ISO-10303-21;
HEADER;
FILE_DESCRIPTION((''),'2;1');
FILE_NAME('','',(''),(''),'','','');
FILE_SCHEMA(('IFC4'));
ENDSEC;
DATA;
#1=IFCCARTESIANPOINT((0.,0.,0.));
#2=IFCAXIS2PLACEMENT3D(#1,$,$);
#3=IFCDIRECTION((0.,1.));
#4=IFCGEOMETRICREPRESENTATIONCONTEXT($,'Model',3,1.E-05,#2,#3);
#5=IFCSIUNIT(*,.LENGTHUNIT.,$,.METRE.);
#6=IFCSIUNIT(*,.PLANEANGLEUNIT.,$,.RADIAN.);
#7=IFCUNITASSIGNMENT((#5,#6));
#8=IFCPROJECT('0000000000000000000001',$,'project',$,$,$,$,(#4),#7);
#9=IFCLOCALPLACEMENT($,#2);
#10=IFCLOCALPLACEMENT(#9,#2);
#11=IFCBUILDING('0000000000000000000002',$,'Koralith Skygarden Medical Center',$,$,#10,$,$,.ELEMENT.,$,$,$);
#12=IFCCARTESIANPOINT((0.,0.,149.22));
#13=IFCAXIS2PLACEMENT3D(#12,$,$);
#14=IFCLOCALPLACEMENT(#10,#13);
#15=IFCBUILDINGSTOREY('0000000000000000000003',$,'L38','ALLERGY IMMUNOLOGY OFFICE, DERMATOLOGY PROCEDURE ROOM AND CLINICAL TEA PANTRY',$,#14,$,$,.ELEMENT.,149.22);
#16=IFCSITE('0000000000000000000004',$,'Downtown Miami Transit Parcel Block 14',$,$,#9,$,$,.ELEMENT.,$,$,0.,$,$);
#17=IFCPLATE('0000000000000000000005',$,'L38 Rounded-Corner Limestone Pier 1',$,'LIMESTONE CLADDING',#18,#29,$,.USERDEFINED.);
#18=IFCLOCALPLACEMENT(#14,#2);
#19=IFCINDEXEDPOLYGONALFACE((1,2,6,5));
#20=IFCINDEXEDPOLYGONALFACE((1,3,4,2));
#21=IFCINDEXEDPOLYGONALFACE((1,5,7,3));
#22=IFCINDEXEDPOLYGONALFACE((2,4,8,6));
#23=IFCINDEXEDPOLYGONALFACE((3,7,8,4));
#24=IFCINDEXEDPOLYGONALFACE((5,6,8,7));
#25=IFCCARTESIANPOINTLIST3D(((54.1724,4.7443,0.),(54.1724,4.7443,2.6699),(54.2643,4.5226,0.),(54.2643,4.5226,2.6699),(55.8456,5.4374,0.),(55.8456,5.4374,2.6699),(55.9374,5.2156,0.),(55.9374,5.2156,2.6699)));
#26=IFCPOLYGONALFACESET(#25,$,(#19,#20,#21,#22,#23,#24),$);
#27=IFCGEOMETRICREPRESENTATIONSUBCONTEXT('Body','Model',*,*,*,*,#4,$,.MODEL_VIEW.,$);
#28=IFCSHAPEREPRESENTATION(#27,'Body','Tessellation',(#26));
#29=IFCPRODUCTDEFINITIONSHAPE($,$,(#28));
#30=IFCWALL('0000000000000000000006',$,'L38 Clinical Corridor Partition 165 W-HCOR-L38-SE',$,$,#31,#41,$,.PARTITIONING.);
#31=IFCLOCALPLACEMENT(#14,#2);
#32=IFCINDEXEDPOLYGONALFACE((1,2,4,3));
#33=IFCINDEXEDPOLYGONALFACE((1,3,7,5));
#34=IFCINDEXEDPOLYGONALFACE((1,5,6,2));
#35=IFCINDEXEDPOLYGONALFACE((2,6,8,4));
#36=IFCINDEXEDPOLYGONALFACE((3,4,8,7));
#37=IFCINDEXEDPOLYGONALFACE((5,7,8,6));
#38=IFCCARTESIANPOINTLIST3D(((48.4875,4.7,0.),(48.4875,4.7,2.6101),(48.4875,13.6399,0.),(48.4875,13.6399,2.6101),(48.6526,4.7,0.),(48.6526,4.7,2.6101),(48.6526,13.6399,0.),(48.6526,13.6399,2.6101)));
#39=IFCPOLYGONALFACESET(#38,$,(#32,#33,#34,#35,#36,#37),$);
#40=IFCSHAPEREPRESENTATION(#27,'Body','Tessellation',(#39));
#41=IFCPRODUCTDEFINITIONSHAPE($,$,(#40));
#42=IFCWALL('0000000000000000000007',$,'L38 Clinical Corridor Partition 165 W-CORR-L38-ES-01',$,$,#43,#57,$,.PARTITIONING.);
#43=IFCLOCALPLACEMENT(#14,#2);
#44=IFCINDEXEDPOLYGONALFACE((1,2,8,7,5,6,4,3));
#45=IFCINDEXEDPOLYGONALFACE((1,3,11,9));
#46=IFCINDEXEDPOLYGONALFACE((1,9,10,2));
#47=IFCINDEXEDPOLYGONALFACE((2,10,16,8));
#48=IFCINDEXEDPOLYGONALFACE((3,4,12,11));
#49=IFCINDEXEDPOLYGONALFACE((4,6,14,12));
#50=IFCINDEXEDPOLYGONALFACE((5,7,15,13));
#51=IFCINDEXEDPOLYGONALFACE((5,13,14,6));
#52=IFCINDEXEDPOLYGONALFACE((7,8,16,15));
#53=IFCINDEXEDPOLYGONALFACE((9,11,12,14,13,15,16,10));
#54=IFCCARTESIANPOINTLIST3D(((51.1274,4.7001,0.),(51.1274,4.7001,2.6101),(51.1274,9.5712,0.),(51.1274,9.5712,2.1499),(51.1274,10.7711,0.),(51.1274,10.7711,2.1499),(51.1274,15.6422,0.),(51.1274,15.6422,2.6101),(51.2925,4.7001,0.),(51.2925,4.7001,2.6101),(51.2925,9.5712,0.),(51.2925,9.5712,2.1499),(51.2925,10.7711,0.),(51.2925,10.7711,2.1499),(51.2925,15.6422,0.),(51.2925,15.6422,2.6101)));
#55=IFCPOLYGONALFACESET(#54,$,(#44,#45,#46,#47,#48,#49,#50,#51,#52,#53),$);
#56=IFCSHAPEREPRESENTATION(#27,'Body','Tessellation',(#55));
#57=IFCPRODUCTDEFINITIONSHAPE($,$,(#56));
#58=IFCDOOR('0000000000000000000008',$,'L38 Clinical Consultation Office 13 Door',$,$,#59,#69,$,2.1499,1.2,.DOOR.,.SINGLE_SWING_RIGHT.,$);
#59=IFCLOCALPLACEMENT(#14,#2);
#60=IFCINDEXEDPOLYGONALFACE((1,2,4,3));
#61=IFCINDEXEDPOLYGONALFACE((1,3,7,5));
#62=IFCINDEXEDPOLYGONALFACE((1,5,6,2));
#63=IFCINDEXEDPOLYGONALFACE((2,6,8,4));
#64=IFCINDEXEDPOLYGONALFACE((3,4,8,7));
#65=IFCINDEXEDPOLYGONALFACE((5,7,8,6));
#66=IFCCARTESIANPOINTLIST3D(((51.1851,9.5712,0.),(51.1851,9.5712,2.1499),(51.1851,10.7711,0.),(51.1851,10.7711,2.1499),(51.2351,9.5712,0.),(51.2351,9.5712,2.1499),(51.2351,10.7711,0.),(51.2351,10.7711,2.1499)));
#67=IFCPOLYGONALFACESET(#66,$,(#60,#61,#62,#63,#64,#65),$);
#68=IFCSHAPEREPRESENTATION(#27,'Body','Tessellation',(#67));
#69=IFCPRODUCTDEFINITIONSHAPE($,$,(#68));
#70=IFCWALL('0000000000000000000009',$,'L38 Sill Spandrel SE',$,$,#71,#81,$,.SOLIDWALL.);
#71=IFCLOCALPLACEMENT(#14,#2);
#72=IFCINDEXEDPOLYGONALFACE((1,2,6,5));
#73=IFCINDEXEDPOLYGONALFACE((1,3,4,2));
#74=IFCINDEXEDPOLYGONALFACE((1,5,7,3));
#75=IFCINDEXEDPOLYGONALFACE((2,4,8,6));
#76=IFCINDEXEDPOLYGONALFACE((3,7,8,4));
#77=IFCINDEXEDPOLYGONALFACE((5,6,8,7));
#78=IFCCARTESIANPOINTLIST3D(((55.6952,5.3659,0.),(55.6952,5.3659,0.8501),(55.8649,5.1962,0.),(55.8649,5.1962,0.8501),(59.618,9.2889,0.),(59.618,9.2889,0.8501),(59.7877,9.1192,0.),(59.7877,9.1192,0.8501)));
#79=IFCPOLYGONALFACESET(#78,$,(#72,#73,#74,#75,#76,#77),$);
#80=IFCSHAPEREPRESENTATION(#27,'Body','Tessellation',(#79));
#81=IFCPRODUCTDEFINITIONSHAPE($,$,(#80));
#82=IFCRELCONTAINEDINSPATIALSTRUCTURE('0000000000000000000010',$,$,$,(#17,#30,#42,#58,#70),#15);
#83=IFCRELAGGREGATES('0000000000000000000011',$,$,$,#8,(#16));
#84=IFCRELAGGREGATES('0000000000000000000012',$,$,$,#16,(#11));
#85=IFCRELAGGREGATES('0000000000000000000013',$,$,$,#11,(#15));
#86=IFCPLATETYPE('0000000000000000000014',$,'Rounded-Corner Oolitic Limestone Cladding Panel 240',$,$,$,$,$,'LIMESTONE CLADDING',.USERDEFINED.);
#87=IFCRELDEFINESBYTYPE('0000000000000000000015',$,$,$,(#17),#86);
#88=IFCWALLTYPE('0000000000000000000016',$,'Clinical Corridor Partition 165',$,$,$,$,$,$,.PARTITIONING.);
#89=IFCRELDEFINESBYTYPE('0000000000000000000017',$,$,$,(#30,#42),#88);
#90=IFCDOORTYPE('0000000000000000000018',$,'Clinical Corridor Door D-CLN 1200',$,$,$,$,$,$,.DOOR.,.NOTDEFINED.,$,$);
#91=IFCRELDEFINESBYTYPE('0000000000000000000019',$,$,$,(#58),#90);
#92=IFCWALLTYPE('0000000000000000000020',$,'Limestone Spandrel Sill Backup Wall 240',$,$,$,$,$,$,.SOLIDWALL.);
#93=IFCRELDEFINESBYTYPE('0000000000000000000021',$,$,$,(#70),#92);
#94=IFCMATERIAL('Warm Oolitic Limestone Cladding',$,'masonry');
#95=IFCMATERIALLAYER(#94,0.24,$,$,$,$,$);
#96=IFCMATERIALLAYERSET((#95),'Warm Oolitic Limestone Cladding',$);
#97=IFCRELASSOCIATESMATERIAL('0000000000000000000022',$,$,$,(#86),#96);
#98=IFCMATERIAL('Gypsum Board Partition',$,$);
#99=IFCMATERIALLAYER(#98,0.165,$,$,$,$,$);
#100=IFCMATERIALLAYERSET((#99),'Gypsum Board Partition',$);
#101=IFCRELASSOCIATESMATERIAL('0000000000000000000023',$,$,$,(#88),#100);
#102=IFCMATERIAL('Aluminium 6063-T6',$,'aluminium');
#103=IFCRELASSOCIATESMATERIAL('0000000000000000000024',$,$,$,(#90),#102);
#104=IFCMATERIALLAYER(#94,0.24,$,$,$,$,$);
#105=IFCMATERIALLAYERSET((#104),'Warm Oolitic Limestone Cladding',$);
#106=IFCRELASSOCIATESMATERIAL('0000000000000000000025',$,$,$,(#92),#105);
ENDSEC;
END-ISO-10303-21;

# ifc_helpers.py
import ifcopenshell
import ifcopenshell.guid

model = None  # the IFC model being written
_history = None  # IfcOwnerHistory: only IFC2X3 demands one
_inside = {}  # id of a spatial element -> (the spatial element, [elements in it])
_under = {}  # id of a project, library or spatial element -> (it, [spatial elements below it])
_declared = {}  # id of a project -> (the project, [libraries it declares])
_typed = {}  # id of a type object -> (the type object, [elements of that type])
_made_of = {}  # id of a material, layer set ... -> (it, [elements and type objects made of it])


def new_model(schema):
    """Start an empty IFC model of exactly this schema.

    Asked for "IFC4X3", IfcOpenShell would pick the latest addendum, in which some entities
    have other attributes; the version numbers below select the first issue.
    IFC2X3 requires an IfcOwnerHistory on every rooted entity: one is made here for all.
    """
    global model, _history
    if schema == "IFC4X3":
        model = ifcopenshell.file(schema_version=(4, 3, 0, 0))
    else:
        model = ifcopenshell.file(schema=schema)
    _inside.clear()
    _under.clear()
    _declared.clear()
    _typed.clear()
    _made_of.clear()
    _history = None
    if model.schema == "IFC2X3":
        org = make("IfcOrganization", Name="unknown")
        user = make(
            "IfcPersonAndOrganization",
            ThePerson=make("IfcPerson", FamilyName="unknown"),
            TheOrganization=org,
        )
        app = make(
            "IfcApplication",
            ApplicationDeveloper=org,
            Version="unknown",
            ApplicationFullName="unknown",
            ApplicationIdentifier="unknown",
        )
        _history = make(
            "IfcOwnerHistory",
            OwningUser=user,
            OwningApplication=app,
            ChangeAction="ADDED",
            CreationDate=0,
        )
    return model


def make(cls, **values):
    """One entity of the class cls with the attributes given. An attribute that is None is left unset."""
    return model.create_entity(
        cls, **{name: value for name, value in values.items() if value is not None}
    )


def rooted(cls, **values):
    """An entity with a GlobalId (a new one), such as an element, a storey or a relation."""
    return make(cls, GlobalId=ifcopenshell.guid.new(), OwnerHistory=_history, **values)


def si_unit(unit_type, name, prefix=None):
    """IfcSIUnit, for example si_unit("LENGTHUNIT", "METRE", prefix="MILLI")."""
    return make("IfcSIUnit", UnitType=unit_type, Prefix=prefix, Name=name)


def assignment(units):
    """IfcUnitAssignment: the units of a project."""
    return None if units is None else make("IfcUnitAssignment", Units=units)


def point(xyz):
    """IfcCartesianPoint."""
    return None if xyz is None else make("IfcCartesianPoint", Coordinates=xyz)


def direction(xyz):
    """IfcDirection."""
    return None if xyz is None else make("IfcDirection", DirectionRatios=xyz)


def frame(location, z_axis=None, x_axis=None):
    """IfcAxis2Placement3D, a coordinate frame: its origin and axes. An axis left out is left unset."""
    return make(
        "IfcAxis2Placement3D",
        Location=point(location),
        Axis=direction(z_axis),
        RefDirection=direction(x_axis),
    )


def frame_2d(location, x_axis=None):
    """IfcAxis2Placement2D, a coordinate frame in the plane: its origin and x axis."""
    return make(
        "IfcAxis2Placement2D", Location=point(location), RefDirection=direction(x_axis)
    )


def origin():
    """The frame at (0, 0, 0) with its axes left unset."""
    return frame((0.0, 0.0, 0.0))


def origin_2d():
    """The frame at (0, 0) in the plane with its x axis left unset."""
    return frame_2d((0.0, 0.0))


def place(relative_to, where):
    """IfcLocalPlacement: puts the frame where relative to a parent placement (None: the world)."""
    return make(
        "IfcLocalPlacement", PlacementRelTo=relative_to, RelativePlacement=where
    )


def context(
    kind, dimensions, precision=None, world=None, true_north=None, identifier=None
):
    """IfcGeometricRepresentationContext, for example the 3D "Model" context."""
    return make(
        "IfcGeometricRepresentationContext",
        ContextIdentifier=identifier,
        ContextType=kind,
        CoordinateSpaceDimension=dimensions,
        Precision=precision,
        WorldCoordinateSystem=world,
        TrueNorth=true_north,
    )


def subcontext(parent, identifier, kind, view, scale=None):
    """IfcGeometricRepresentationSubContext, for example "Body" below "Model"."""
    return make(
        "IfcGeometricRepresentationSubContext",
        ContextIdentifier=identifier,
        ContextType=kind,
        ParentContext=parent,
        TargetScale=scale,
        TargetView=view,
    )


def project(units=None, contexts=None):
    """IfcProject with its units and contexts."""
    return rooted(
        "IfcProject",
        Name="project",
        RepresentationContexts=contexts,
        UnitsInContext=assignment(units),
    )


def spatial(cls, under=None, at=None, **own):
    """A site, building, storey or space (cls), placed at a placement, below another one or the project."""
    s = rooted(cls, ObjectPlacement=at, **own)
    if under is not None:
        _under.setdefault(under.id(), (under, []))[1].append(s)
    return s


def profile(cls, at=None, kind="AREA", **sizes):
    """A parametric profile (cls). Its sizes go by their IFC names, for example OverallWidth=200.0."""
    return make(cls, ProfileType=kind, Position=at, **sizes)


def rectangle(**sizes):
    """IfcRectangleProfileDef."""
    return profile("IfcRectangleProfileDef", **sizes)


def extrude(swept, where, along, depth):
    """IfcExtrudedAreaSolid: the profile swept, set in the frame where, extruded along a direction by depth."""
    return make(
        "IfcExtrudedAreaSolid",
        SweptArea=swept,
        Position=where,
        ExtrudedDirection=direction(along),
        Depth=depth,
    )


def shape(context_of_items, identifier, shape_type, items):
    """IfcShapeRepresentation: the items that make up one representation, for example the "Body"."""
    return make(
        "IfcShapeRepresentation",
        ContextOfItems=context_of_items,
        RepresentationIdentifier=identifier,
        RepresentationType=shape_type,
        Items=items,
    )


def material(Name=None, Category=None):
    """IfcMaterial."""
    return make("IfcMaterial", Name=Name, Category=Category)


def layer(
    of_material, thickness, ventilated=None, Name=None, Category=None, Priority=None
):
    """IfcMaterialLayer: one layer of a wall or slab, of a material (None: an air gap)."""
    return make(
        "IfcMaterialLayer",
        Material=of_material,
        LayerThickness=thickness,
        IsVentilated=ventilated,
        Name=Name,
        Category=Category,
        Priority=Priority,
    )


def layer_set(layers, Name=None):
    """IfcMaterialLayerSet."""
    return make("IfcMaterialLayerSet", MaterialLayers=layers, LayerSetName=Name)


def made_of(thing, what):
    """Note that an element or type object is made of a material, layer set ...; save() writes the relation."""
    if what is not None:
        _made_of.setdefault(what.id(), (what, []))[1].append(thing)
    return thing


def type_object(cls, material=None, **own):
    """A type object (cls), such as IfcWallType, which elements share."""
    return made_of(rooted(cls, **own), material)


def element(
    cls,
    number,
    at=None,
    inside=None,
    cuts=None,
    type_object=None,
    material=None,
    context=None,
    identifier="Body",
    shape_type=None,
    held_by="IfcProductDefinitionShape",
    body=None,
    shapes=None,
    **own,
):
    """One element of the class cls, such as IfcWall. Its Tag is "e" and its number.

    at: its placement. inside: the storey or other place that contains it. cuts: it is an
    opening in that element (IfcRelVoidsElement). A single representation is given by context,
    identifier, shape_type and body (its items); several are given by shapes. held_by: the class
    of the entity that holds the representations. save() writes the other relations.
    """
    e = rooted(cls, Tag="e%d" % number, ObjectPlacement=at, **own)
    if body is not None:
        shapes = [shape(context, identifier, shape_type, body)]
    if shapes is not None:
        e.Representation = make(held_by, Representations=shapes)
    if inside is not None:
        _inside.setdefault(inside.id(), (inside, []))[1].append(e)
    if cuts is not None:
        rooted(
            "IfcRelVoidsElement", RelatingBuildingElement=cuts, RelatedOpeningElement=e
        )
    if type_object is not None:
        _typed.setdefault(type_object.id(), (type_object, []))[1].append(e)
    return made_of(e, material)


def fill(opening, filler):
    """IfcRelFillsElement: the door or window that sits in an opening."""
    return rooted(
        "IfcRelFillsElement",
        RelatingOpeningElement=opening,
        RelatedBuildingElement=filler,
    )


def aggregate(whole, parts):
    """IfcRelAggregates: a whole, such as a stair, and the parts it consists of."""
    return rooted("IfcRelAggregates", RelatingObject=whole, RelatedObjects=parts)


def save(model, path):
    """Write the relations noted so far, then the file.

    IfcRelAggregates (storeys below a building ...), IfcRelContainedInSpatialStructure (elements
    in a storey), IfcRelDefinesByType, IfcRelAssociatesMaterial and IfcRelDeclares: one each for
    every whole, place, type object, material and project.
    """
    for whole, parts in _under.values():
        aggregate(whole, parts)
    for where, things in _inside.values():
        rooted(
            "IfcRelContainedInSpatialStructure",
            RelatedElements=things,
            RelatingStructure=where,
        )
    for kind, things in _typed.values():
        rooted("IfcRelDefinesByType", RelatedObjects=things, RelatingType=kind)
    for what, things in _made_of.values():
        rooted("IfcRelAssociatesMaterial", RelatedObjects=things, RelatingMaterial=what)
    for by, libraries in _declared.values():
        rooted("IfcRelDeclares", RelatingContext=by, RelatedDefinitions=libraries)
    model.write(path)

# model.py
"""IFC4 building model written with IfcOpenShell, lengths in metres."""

from ifc_helpers import new_model, si_unit, direction, frame, frame_2d, origin, origin_2d, place, context, subcontext, project, spatial, rectangle, extrude, material, layer, layer_set, type_object, element, fill, save


model = new_model("IFC4")

# Units and contexts
model_context = context("Model", 3, precision=1e-05, world=origin(), true_north=direction((0.0, 1.0)))
body_context = subcontext(model_context, "Body", "Model", "MODEL_VIEW")
ifc_project = project(units=[si_unit("LENGTHUNIT", "METRE"), si_unit("PLANEANGLEUNIT", "RADIAN")], contexts=[model_context])

# Site, building, storey
site_placement = place(None, origin())
site = spatial("IfcSite", under=ifc_project, at=site_placement, Name="Downtown Miami Transit Parcel Block 14", CompositionType="ELEMENT", RefElevation=0.0)
building_placement = place(site_placement, origin())
building = spatial("IfcBuilding", under=site, at=building_placement, Name="Koralith Skygarden Medical Center", CompositionType="ELEMENT")
storey_placement = place(building_placement, frame((0.0, 0.0, 149.22)))
storey = spatial("IfcBuildingStorey", under=building, at=storey_placement, Name="L38", Description="ALLERGY IMMUNOLOGY OFFICE, DERMATOLOGY PROCEDURE ROOM AND CLINICAL TEA PANTRY", CompositionType="ELEMENT", Elevation=149.22)

# Shared definitions
ifc_material_1 = material(Name="Aluminium 6063-T6", Category="aluminium")

# Plate
ifc_material_2 = material(Name="Warm Oolitic Limestone Cladding", Category="masonry")
ifc_layer_1 = layer(ifc_material_2, 0.24)
ifc_layer_set_1 = layer_set([ifc_layer_1], Name="Warm Oolitic Limestone Cladding")
plate_type_1 = type_object("IfcPlateType", Name="Rounded-Corner Oolitic Limestone Cladding Panel 240", ElementType="LIMESTONE CLADDING", PredefinedType="USERDEFINED", material=ifc_layer_set_1)
plate_1_placement = place(storey_placement, frame((55.0549, 4.98, 0.0), z_axis=(0.0, 0.0, 1.0), x_axis=(0.923885, 0.382671, 0.0)))
element("IfcPlate", 1, at=plate_1_placement, inside=storey, type_object=plate_type_1, Name="L38 Rounded-Corner Limestone Pier 1", ObjectType="LIMESTONE CLADDING", PredefinedType="USERDEFINED", context=body_context, shape_type="SweptSolid", body=[
    extrude(rectangle(XDim=1.811, YDim=0.24, at=origin_2d()), origin(), (0.0, 0.0, 1.0), 2.6699),
])

# Wall
ifc_material_3 = material(Name="Gypsum Board Partition")
ifc_layer_2 = layer(ifc_material_3, 0.165)
ifc_layer_set_2 = layer_set([ifc_layer_2], Name="Gypsum Board Partition")
wall_type_1 = type_object("IfcWallType", Name="Clinical Corridor Partition 165", PredefinedType="PARTITIONING", material=ifc_layer_set_2)
wall_1_placement = place(storey_placement, frame((48.5701, 4.7, 0.0), z_axis=(0.0, 0.0, 1.0), x_axis=(0.0, 1.0, 0.0)))
element("IfcWall", 2, at=wall_1_placement, inside=storey, type_object=wall_type_1, Name="L38 Clinical Corridor Partition 165 W-HCOR-L38-SE", PredefinedType="PARTITIONING", context=body_context, shape_type="SweptSolid", body=[
    extrude(rectangle(XDim=8.9399, YDim=0.165, at=frame_2d((4.47, 0.0))), origin(), (0.0, 0.0, 1.0), 2.6101),
])

# Wall, opening, door
wall_2_placement = place(storey_placement, frame((51.21, 4.7, 0.0), z_axis=(0.0, 0.0, 1.0), x_axis=(0.0, 1.0, 0.0)))
wall_2 = element("IfcWall", 3, at=wall_2_placement, inside=storey, type_object=wall_type_1, Name="L38 Clinical Corridor Partition 165 W-CORR-L38-ES-01", PredefinedType="PARTITIONING", context=body_context, shape_type="SweptSolid", body=[
    extrude(rectangle(XDim=10.9421, YDim=0.165, at=frame_2d((5.4712, 0.0))), origin(), (0.0, 0.0, 1.0), 2.6101),
])
opening_placement = place(wall_2_placement, frame((4.8711, 0.0, 0.0)))
opening = element("IfcOpeningElement", 4, at=opening_placement, cuts=wall_2, PredefinedType="OPENING", context=body_context, shape_type="SweptSolid", body=[
    extrude(rectangle(XDim=1.2, YDim=2.1499, at=frame_2d((0.6001, 1.075))), frame((0.0, 0.0925, 0.0), z_axis=(0.0, -1.0, 0.0), x_axis=(1.0, 0.0, 0.0)), (0.0, 0.0, 1.0), 0.1851),
])
door_type = type_object("IfcDoorType", Name="Clinical Corridor Door D-CLN 1200", OperationType="NOTDEFINED", PredefinedType="DOOR", material=ifc_material_1)
door_placement = place(opening_placement, origin())
door = element("IfcDoor", 5, at=door_placement, inside=storey, type_object=door_type, Name="L38 Clinical Consultation Office 13 Door", OperationType="SINGLE_SWING_RIGHT", OverallHeight=2.1499, OverallWidth=1.2, PredefinedType="DOOR", context=body_context, shape_type="SweptSolid", body=[
    extrude(rectangle(XDim=1.2, YDim=2.1499, at=frame_2d((0.6001, 1.075))), frame((0.0, 0.0249, 0.0), z_axis=(0.0, -1.0, 0.0), x_axis=(1.0, 0.0, 0.0)), (0.0, 0.0, 1.0), 0.05),
])
fill(opening, door)

# Wall
ifc_layer_3 = layer(ifc_material_2, 0.24)
ifc_layer_set_3 = layer_set([ifc_layer_3], Name="Warm Oolitic Limestone Cladding")
wall_type_2 = type_object("IfcWallType", Name="Limestone Spandrel Sill Backup Wall 240", PredefinedType="SOLIDWALL", material=ifc_layer_set_3)
wall_3_placement = place(storey_placement, frame((55.78, 5.281, 0.0), z_axis=(0.0, 0.0, 1.0), x_axis=(0.707085, 0.707129, 0.0)))
element("IfcWall", 6, at=wall_3_placement, inside=storey, type_object=wall_type_2, Name="L38 Sill Spandrel SE", PredefinedType="SOLIDWALL", context=body_context, shape_type="SweptSolid", body=[
    extrude(rectangle(XDim=5.5479, YDim=0.24, at=frame_2d((2.7739, 0.0))), origin(), (0.0, 0.0, 1.0), 0.8501),
])

save(model, "model.ifc")
